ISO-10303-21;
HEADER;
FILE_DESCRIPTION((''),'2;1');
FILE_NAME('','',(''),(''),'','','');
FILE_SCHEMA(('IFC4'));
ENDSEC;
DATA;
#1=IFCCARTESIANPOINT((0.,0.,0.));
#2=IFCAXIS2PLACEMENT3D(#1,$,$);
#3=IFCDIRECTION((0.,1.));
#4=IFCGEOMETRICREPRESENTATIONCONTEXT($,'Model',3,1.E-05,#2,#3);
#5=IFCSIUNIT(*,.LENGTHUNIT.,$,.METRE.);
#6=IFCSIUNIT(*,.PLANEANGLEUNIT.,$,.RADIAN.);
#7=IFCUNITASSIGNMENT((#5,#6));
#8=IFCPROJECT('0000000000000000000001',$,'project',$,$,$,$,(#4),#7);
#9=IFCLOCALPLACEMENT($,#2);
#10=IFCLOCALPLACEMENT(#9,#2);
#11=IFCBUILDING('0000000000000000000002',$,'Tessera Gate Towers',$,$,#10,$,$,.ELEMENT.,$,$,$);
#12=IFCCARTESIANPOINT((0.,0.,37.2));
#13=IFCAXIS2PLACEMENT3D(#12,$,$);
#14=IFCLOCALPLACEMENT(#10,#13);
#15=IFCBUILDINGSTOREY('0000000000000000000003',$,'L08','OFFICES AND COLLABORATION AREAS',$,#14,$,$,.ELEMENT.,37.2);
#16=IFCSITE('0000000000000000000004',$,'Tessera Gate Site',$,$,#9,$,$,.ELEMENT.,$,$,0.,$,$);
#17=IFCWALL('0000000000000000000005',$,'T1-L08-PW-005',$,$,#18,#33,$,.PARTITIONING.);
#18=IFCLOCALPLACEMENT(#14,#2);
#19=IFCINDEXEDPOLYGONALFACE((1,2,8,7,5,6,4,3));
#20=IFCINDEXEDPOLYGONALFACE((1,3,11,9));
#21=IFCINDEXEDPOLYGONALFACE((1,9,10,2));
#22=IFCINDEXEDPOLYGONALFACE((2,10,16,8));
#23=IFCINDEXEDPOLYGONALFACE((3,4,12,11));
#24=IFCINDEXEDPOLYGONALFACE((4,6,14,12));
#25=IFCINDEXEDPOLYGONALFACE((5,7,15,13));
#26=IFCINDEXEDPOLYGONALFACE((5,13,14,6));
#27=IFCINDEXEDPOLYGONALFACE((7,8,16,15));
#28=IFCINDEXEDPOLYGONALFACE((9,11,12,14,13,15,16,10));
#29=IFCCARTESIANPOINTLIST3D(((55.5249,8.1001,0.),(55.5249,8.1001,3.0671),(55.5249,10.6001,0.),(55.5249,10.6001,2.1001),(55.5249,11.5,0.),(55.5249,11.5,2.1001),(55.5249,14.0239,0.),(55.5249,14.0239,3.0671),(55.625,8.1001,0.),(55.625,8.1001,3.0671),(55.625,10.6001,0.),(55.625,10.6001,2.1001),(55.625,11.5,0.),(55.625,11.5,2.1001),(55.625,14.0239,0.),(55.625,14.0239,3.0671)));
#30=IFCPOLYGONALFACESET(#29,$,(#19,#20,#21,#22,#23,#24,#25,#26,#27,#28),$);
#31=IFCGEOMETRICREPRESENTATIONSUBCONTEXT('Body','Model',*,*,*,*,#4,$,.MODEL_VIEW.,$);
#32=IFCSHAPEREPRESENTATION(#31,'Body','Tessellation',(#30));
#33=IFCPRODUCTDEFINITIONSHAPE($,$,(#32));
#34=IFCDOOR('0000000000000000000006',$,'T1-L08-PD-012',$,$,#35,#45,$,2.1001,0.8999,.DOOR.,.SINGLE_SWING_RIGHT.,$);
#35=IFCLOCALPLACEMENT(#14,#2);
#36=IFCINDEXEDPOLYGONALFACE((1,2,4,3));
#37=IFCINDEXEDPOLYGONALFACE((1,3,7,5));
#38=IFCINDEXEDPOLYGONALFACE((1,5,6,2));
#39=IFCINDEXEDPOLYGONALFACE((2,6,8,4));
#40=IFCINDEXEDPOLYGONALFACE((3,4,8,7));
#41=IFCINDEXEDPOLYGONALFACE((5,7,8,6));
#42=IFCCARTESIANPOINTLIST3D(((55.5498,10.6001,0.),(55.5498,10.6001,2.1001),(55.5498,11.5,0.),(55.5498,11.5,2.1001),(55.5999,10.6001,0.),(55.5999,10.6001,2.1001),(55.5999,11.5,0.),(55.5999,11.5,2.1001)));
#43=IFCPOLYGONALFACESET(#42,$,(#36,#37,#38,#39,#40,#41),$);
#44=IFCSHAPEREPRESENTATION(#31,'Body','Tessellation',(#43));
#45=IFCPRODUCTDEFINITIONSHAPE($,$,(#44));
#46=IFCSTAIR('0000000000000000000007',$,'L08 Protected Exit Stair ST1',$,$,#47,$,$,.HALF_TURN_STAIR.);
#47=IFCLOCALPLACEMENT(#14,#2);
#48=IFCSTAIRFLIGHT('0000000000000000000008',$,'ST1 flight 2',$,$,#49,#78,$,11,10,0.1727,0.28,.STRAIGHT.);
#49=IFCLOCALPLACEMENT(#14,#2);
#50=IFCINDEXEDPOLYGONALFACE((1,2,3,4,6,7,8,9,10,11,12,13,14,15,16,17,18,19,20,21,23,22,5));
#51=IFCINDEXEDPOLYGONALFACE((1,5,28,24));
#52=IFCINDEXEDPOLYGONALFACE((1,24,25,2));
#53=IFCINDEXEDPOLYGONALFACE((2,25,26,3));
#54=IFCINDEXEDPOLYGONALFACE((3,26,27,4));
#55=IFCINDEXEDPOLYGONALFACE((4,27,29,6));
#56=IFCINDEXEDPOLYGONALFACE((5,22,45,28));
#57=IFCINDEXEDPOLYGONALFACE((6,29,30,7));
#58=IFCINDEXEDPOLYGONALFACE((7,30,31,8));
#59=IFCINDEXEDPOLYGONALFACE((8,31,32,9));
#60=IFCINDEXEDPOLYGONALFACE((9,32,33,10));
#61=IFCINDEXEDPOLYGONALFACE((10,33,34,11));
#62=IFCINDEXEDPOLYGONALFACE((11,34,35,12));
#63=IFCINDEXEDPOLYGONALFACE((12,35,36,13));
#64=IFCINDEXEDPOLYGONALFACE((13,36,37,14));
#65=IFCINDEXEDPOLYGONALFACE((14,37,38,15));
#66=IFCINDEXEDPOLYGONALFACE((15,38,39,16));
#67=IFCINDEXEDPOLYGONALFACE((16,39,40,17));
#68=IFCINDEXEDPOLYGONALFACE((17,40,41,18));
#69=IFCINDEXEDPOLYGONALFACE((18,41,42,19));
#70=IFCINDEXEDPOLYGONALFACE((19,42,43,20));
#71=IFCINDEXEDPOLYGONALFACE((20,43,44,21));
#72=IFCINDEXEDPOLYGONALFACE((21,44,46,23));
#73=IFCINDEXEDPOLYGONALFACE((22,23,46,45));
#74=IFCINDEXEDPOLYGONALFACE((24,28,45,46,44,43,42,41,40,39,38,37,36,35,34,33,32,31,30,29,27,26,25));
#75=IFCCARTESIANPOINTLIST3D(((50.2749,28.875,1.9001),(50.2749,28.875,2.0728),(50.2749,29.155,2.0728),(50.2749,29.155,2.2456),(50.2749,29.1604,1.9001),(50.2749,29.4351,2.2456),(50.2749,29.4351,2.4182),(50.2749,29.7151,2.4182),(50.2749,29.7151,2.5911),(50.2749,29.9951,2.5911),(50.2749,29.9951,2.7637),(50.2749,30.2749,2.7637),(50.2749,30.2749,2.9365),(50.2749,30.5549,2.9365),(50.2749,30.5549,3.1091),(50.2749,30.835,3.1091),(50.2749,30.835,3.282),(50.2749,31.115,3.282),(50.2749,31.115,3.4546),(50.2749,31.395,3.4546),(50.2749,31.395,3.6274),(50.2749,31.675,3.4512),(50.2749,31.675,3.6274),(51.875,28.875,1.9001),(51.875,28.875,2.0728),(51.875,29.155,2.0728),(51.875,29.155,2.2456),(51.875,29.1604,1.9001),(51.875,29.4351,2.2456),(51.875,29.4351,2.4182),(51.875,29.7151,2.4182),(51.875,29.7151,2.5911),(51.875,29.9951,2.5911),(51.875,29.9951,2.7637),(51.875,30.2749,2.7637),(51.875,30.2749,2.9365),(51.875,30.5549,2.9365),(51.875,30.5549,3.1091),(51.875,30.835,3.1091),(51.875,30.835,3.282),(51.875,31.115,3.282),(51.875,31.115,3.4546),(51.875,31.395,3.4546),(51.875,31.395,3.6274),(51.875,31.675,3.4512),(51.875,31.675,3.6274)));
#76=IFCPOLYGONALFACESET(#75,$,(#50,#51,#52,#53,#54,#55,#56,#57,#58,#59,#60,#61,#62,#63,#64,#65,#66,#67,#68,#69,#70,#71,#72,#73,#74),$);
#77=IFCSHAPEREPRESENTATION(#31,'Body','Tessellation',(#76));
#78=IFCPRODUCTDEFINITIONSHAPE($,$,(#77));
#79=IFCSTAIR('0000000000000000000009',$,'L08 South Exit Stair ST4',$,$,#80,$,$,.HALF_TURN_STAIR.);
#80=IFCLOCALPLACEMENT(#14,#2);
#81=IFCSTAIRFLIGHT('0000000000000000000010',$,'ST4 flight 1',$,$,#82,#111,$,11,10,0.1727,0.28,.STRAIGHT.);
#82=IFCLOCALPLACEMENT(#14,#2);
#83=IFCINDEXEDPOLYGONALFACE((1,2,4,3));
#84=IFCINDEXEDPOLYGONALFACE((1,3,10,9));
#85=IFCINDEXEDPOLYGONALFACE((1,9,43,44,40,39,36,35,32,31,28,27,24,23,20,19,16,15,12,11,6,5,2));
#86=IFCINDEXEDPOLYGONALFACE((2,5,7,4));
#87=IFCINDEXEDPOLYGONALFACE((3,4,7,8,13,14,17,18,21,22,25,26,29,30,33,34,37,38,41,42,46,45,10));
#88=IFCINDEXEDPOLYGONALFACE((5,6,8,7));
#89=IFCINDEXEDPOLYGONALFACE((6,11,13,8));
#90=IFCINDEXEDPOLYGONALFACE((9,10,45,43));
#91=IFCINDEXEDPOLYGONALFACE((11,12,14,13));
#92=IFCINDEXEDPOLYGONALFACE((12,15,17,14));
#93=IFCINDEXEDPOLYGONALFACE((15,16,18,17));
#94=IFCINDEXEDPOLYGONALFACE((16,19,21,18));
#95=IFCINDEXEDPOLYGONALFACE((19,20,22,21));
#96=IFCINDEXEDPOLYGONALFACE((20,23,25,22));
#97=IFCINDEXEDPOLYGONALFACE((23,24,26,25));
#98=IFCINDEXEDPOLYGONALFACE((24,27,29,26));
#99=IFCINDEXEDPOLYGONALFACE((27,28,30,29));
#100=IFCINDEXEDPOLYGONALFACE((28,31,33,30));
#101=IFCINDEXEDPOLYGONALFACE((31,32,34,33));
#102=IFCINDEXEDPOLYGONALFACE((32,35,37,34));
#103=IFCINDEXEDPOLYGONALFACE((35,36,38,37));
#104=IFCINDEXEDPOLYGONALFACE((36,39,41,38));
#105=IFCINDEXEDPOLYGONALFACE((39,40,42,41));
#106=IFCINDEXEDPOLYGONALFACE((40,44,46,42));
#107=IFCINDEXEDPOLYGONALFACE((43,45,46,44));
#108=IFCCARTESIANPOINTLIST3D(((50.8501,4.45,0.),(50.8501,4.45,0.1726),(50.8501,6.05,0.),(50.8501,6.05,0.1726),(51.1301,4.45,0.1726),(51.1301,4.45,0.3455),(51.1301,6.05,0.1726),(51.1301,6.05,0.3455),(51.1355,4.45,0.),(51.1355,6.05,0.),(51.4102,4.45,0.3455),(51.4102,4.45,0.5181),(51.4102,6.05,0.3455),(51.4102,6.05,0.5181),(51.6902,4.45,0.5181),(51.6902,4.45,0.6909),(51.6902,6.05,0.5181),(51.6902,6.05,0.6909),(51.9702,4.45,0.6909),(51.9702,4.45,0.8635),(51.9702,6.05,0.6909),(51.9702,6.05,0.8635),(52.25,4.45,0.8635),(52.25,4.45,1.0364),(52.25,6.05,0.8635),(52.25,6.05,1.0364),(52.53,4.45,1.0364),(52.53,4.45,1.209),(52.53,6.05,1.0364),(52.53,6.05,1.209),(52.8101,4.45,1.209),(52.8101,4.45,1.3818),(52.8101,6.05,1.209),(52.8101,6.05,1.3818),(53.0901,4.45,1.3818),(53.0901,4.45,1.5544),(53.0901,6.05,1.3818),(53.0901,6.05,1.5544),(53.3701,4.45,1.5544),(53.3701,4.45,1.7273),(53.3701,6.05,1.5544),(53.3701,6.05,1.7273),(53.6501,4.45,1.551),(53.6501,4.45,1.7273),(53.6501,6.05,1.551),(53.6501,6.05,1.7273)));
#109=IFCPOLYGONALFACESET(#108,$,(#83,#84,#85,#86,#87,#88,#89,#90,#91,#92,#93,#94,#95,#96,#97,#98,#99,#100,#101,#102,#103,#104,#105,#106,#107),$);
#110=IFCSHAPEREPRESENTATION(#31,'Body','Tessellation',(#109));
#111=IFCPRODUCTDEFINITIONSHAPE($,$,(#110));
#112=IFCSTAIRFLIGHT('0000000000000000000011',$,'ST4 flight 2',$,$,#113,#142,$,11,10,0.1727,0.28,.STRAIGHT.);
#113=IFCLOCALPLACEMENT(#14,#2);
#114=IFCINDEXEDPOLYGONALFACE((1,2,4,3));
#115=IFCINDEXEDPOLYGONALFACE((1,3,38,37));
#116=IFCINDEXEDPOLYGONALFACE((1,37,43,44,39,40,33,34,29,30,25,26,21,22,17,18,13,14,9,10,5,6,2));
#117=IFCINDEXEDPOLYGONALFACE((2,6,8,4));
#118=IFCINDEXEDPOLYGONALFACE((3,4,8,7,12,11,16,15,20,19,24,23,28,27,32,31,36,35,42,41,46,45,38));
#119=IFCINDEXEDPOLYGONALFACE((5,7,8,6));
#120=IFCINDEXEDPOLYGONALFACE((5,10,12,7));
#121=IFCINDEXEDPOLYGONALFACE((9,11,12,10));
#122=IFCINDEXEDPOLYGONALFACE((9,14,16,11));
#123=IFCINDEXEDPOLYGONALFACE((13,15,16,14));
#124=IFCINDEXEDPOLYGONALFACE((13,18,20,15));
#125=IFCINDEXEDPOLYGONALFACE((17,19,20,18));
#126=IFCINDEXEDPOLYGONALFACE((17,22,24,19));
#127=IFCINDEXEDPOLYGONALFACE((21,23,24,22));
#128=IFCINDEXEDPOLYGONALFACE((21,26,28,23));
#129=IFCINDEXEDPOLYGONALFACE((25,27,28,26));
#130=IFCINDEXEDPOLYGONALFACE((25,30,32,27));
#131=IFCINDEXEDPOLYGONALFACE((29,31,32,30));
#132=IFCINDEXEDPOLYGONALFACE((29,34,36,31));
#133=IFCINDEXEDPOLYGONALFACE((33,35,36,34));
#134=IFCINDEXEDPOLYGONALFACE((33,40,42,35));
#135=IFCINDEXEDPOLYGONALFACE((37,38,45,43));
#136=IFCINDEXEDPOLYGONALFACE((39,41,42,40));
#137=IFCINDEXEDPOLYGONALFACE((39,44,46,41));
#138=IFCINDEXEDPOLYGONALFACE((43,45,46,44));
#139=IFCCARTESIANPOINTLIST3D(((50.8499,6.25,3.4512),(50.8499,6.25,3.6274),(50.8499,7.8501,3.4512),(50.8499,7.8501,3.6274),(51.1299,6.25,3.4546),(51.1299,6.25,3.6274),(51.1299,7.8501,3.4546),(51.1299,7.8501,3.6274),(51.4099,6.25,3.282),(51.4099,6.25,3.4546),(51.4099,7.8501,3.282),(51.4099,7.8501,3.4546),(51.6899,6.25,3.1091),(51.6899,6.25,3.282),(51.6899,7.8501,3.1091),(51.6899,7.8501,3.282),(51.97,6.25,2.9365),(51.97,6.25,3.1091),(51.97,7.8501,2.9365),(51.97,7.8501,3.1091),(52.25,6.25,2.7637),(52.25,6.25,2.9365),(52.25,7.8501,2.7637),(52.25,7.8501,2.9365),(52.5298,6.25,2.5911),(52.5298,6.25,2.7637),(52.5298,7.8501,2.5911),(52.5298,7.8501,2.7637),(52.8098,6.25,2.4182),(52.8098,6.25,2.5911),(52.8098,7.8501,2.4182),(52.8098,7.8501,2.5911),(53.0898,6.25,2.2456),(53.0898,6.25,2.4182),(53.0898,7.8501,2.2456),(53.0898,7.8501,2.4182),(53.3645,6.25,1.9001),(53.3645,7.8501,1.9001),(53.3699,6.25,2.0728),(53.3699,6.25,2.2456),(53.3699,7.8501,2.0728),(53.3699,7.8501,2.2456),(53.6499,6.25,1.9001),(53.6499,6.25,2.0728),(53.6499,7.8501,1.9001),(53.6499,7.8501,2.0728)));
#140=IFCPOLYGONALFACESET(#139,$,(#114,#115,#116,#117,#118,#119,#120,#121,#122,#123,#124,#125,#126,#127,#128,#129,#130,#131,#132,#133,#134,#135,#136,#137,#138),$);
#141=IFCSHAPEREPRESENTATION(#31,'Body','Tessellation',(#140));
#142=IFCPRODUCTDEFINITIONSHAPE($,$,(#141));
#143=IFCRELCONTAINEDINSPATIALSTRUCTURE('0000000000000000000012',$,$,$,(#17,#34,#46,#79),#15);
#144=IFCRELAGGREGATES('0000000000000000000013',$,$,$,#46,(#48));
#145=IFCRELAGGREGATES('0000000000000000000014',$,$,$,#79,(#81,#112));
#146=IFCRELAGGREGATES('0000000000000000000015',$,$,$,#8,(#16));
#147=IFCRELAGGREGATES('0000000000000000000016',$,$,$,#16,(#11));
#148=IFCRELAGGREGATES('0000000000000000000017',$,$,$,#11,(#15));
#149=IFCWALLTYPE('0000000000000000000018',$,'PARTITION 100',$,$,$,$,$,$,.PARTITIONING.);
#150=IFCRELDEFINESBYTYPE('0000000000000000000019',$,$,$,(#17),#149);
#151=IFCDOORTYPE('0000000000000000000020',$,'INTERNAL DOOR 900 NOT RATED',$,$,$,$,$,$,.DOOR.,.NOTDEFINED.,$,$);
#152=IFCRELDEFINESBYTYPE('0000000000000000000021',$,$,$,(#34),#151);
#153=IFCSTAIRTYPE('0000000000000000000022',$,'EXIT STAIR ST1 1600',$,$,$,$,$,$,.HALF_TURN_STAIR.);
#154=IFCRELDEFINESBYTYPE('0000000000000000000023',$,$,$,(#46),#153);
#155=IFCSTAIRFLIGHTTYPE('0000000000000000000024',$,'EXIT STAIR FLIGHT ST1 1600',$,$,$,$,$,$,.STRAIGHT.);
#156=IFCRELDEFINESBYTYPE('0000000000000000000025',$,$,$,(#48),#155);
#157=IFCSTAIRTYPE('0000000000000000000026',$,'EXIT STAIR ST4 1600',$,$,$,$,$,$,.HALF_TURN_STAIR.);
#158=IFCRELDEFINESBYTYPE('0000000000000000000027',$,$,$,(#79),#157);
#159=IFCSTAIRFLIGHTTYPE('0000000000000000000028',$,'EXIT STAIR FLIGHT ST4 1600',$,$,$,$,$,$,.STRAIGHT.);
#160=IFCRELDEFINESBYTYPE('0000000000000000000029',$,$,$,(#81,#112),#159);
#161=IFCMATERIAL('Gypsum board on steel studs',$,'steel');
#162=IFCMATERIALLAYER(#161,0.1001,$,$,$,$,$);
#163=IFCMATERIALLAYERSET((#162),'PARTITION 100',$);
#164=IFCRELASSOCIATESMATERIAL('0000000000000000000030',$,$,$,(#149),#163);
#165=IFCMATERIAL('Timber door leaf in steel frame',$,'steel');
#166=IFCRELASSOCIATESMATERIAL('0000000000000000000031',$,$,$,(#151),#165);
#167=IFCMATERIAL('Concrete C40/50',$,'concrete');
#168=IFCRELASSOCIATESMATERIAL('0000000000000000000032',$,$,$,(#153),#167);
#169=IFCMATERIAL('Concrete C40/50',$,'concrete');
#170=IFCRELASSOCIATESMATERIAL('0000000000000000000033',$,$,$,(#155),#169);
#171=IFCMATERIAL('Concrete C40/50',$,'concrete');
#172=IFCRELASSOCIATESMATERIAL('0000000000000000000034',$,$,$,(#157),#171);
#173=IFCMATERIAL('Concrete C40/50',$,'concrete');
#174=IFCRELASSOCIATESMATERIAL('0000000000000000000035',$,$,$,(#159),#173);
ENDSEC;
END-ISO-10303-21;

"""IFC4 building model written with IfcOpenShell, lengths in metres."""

from ifc_helpers import new_model, si_unit, direction, frame, frame_2d, origin, place, context, subcontext, project, spatial, polyline, rectangle, outline, extrude, source, transform, mapped, material, layer, layer_set, type_object, element, fill, aggregate, save


model = new_model("IFC4")

# Units and contexts
model_context = context("Model", 3, precision=1e-05, world=origin(), true_north=direction((0.0, 1.0)))
body_context = subcontext(model_context, "Body", "Model", "MODEL_VIEW")
ifc_project = project(units=[si_unit("LENGTHUNIT", "METRE"), si_unit("PLANEANGLEUNIT", "RADIAN")], contexts=[model_context])

# Site, building, storey
site_placement = place(None, origin())
site = spatial("IfcSite", under=ifc_project, at=site_placement, Name="Tessera Gate Site", CompositionType="ELEMENT", RefElevation=0.0)
building_placement = place(site_placement, origin())
building = spatial("IfcBuilding", under=site, at=building_placement, Name="Tessera Gate Towers", CompositionType="ELEMENT")
storey_placement = place(building_placement, frame((0.0, 0.0, 37.2)))
storey = spatial("IfcBuildingStorey", under=building, at=storey_placement, Name="L08", Description="OFFICES AND COLLABORATION AREAS", CompositionType="ELEMENT", Elevation=37.2)

# Wall, opening, door
shared_shape_1 = source(origin(), body_context, "Body", "SweptSolid", [
    extrude(rectangle(XDim=0.8999, YDim=2.1001, at=frame_2d((0.45, 1.05))), frame((0.0, 0.0601, 0.0), z_axis=(0.0, -1.0, 0.0), x_axis=(1.0, 0.0, 0.0)), (0.0, 0.0, 1.0), 0.1201),
])
shared_shape_2 = source(origin(), body_context, "Body", "SweptSolid", [
    extrude(rectangle(XDim=0.8999, YDim=2.1001, at=frame_2d((0.45, 1.05))), frame((0.0, 0.0249, 0.0), z_axis=(0.0, -1.0, 0.0), x_axis=(1.0, 0.0, 0.0)), (0.0, 0.0, 1.0), 0.05),
])
ifc_material_1 = material(Name="Gypsum board on steel studs", Category="steel")
ifc_layer_1 = layer(ifc_material_1, 0.1001)
ifc_layer_set_1 = layer_set([ifc_layer_1], Name="PARTITION 100")
wall_type_1 = type_object("IfcWallType", Name="PARTITION 100", PredefinedType="PARTITIONING", material=ifc_layer_set_1)
wall_1_placement = place(storey_placement, frame((55.575, 14.0239, 0.0), z_axis=(0.0, 0.0, 1.0), x_axis=(0.0, -1.0, 0.0)))
wall_1 = element("IfcWall", 1, at=wall_1_placement, inside=storey, type_object=wall_type_1, Name="T1-L08-PW-005", PredefinedType="PARTITIONING", context=body_context, shape_type="SweptSolid", body=[
    extrude(rectangle(XDim=5.9238, YDim=0.1001, at=frame_2d((2.9619, 0.0))), origin(), (0.0, 0.0, 1.0), 3.0671),
])
opening_1_placement = place(wall_1_placement, frame((2.5239, 0.0, 0.0)))
opening_1 = element("IfcOpeningElement", 2, at=opening_1_placement, cuts=wall_1, PredefinedType="OPENING", context=body_context, shape_type="MappedRepresentation", body=[
    mapped(shared_shape_1, transform((0.0, 0.0, 0.0), scale=1.0)),
])
ifc_material_2 = material(Name="Timber door leaf in steel frame", Category="steel")
door_type_1 = type_object("IfcDoorType", Name="INTERNAL DOOR 900 NOT RATED", OperationType="NOTDEFINED", PredefinedType="DOOR", material=ifc_material_2)
door_1_placement = place(opening_1_placement, origin())
door_1 = element("IfcDoor", 3, at=door_1_placement, inside=storey, type_object=door_type_1, Name="T1-L08-PD-012", OperationType="SINGLE_SWING_RIGHT", OverallHeight=2.1001, OverallWidth=0.8999, PredefinedType="DOOR", context=body_context, shape_type="MappedRepresentation", body=[
    mapped(shared_shape_2, transform((0.0, 0.0, 0.0), scale=1.0)),
])
fill(opening_1, door_1)

# Stair, stair flight
ifc_material_3 = material(Name="Concrete C40/50", Category="concrete")
stair_type_1 = type_object("IfcStairType", Name="EXIT STAIR ST1 1600", PredefinedType="HALF_TURN_STAIR", material=ifc_material_3)
stair_1_placement = place(storey_placement, origin())
stair_1 = element("IfcStair", 4, at=stair_1_placement, inside=storey, type_object=stair_type_1, Name="L08 Protected Exit Stair ST1", PredefinedType="HALF_TURN_STAIR")
ifc_material_4 = material(Name="Concrete C40/50", Category="concrete")
stair_flight_type_1 = type_object("IfcStairFlightType", Name="EXIT STAIR FLIGHT ST1 1600", PredefinedType="STRAIGHT", material=ifc_material_4)
stair_flight_1_placement = place(storey_placement, frame((51.075, 28.875, 1.9001), z_axis=(0.0, 0.0, 1.0), x_axis=(0.0, 1.0, 0.0)))
stair_flight_1 = element("IfcStairFlight", 5, at=stair_flight_1_placement, type_object=stair_flight_type_1, Name="ST1 flight 2", NumberOfRisers=11, NumberOfTreads=10, PredefinedType="STRAIGHT", RiserHeight=0.1727, TreadLength=0.28, context=body_context, shape_type="SweptSolid", body=[
    extrude(outline(polyline([(0.0, 0.0), (0.0, 0.1726), (0.28, 0.1726), (0.28, 0.3455), (0.5601, 0.3455), (0.5601, 0.5181), (0.8401, 0.5181), (0.8401, 0.6909), (1.1201, 0.6909), (1.1201, 0.8635), (1.3999, 0.8635), (1.3999, 1.0364), (1.6799, 1.0364), (1.6799, 1.209), (1.96, 1.209), (1.96, 1.3818), (2.24, 1.3818), (2.24, 1.5544), (2.52, 1.5544), (2.52, 1.7273), (2.8, 1.7273), (2.8, 1.8999), (2.8, 1.551), (0.2854, 0.0), (0.0, 0.0)])), frame((0.0, 0.8, 0.0), z_axis=(0.0, -1.0, 0.0), x_axis=(1.0, 0.0, 0.0)), (0.0, 0.0, 1.0), 1.6001),
])
aggregate(stair_1, [stair_flight_1])

# Stair, stair flights
ifc_material_5 = material(Name="Concrete C40/50", Category="concrete")
stair_type_2 = type_object("IfcStairType", Name="EXIT STAIR ST4 1600", PredefinedType="HALF_TURN_STAIR", material=ifc_material_5)
stair_2_placement = place(storey_placement, origin())
stair_2 = element("IfcStair", 6, at=stair_2_placement, inside=storey, type_object=stair_type_2, Name="L08 South Exit Stair ST4", PredefinedType="HALF_TURN_STAIR")
ifc_material_6 = material(Name="Concrete C40/50", Category="concrete")
stair_flight_type_2 = type_object("IfcStairFlightType", Name="EXIT STAIR FLIGHT ST4 1600", PredefinedType="STRAIGHT", material=ifc_material_6)
stair_flight_2_placement = place(storey_placement, frame((50.8501, 5.25, 0.0), z_axis=(0.0, 0.0, 1.0), x_axis=(1.0, 0.0, 0.0)))
stair_flight_2 = element("IfcStairFlight", 7, at=stair_flight_2_placement, type_object=stair_flight_type_2, Name="ST4 flight 1", NumberOfRisers=11, NumberOfTreads=10, PredefinedType="STRAIGHT", RiserHeight=0.1727, TreadLength=0.28, context=body_context, shape_type="SweptSolid", body=[
    extrude(outline(polyline([(0.0, 0.0), (0.0, 0.1726), (0.28, 0.1726), (0.28, 0.3455), (0.5601, 0.3455), (0.5601, 0.5181), (0.8401, 0.5181), (0.8401, 0.6909), (1.1201, 0.6909), (1.1201, 0.8635), (1.3999, 0.8635), (1.3999, 1.0364), (1.6799, 1.0364), (1.6799, 1.209), (1.96, 1.209), (1.96, 1.3818), (2.24, 1.3818), (2.24, 1.5544), (2.52, 1.5544), (2.52, 1.7273), (2.8, 1.7273), (2.8, 1.8999), (2.8, 1.551), (0.2854, 0.0), (0.0, 0.0)])), frame((0.0, 0.8, 0.0), z_axis=(0.0, -1.0, 0.0), x_axis=(1.0, 0.0, 0.0)), (0.0, 0.0, 1.0), 1.6001),
])
stair_flight_3_placement = place(storey_placement, frame((53.6499, 7.05, 1.9001), z_axis=(0.0, 0.0, 1.0), x_axis=(-1.0, 0.0, 0.0)))
stair_flight_3 = element("IfcStairFlight", 8, at=stair_flight_3_placement, type_object=stair_flight_type_2, Name="ST4 flight 2", NumberOfRisers=11, NumberOfTreads=10, PredefinedType="STRAIGHT", RiserHeight=0.1727, TreadLength=0.28, context=body_context, shape_type="SweptSolid", body=[
    extrude(outline(polyline([(0.0, 0.0), (0.0, 0.1726), (0.28, 0.1726), (0.28, 0.3455), (0.5601, 0.3455), (0.5601, 0.5181), (0.8401, 0.5181), (0.8401, 0.6909), (1.1201, 0.6909), (1.1201, 0.8635), (1.3999, 0.8635), (1.3999, 1.0364), (1.6799, 1.0364), (1.6799, 1.209), (1.96, 1.209), (1.96, 1.3818), (2.24, 1.3818), (2.24, 1.5544), (2.52, 1.5544), (2.52, 1.7273), (2.8, 1.7273), (2.8, 1.8999), (2.8, 1.551), (0.2854, 0.0), (0.0, 0.0)])), frame((0.0, 0.8, 0.0), z_axis=(0.0, -1.0, 0.0), x_axis=(1.0, 0.0, 0.0)), (0.0, 0.0, 1.0), 1.6001),
])
aggregate(stair_2, [stair_flight_2, stair_flight_3])

save(model, "model.ifc")
